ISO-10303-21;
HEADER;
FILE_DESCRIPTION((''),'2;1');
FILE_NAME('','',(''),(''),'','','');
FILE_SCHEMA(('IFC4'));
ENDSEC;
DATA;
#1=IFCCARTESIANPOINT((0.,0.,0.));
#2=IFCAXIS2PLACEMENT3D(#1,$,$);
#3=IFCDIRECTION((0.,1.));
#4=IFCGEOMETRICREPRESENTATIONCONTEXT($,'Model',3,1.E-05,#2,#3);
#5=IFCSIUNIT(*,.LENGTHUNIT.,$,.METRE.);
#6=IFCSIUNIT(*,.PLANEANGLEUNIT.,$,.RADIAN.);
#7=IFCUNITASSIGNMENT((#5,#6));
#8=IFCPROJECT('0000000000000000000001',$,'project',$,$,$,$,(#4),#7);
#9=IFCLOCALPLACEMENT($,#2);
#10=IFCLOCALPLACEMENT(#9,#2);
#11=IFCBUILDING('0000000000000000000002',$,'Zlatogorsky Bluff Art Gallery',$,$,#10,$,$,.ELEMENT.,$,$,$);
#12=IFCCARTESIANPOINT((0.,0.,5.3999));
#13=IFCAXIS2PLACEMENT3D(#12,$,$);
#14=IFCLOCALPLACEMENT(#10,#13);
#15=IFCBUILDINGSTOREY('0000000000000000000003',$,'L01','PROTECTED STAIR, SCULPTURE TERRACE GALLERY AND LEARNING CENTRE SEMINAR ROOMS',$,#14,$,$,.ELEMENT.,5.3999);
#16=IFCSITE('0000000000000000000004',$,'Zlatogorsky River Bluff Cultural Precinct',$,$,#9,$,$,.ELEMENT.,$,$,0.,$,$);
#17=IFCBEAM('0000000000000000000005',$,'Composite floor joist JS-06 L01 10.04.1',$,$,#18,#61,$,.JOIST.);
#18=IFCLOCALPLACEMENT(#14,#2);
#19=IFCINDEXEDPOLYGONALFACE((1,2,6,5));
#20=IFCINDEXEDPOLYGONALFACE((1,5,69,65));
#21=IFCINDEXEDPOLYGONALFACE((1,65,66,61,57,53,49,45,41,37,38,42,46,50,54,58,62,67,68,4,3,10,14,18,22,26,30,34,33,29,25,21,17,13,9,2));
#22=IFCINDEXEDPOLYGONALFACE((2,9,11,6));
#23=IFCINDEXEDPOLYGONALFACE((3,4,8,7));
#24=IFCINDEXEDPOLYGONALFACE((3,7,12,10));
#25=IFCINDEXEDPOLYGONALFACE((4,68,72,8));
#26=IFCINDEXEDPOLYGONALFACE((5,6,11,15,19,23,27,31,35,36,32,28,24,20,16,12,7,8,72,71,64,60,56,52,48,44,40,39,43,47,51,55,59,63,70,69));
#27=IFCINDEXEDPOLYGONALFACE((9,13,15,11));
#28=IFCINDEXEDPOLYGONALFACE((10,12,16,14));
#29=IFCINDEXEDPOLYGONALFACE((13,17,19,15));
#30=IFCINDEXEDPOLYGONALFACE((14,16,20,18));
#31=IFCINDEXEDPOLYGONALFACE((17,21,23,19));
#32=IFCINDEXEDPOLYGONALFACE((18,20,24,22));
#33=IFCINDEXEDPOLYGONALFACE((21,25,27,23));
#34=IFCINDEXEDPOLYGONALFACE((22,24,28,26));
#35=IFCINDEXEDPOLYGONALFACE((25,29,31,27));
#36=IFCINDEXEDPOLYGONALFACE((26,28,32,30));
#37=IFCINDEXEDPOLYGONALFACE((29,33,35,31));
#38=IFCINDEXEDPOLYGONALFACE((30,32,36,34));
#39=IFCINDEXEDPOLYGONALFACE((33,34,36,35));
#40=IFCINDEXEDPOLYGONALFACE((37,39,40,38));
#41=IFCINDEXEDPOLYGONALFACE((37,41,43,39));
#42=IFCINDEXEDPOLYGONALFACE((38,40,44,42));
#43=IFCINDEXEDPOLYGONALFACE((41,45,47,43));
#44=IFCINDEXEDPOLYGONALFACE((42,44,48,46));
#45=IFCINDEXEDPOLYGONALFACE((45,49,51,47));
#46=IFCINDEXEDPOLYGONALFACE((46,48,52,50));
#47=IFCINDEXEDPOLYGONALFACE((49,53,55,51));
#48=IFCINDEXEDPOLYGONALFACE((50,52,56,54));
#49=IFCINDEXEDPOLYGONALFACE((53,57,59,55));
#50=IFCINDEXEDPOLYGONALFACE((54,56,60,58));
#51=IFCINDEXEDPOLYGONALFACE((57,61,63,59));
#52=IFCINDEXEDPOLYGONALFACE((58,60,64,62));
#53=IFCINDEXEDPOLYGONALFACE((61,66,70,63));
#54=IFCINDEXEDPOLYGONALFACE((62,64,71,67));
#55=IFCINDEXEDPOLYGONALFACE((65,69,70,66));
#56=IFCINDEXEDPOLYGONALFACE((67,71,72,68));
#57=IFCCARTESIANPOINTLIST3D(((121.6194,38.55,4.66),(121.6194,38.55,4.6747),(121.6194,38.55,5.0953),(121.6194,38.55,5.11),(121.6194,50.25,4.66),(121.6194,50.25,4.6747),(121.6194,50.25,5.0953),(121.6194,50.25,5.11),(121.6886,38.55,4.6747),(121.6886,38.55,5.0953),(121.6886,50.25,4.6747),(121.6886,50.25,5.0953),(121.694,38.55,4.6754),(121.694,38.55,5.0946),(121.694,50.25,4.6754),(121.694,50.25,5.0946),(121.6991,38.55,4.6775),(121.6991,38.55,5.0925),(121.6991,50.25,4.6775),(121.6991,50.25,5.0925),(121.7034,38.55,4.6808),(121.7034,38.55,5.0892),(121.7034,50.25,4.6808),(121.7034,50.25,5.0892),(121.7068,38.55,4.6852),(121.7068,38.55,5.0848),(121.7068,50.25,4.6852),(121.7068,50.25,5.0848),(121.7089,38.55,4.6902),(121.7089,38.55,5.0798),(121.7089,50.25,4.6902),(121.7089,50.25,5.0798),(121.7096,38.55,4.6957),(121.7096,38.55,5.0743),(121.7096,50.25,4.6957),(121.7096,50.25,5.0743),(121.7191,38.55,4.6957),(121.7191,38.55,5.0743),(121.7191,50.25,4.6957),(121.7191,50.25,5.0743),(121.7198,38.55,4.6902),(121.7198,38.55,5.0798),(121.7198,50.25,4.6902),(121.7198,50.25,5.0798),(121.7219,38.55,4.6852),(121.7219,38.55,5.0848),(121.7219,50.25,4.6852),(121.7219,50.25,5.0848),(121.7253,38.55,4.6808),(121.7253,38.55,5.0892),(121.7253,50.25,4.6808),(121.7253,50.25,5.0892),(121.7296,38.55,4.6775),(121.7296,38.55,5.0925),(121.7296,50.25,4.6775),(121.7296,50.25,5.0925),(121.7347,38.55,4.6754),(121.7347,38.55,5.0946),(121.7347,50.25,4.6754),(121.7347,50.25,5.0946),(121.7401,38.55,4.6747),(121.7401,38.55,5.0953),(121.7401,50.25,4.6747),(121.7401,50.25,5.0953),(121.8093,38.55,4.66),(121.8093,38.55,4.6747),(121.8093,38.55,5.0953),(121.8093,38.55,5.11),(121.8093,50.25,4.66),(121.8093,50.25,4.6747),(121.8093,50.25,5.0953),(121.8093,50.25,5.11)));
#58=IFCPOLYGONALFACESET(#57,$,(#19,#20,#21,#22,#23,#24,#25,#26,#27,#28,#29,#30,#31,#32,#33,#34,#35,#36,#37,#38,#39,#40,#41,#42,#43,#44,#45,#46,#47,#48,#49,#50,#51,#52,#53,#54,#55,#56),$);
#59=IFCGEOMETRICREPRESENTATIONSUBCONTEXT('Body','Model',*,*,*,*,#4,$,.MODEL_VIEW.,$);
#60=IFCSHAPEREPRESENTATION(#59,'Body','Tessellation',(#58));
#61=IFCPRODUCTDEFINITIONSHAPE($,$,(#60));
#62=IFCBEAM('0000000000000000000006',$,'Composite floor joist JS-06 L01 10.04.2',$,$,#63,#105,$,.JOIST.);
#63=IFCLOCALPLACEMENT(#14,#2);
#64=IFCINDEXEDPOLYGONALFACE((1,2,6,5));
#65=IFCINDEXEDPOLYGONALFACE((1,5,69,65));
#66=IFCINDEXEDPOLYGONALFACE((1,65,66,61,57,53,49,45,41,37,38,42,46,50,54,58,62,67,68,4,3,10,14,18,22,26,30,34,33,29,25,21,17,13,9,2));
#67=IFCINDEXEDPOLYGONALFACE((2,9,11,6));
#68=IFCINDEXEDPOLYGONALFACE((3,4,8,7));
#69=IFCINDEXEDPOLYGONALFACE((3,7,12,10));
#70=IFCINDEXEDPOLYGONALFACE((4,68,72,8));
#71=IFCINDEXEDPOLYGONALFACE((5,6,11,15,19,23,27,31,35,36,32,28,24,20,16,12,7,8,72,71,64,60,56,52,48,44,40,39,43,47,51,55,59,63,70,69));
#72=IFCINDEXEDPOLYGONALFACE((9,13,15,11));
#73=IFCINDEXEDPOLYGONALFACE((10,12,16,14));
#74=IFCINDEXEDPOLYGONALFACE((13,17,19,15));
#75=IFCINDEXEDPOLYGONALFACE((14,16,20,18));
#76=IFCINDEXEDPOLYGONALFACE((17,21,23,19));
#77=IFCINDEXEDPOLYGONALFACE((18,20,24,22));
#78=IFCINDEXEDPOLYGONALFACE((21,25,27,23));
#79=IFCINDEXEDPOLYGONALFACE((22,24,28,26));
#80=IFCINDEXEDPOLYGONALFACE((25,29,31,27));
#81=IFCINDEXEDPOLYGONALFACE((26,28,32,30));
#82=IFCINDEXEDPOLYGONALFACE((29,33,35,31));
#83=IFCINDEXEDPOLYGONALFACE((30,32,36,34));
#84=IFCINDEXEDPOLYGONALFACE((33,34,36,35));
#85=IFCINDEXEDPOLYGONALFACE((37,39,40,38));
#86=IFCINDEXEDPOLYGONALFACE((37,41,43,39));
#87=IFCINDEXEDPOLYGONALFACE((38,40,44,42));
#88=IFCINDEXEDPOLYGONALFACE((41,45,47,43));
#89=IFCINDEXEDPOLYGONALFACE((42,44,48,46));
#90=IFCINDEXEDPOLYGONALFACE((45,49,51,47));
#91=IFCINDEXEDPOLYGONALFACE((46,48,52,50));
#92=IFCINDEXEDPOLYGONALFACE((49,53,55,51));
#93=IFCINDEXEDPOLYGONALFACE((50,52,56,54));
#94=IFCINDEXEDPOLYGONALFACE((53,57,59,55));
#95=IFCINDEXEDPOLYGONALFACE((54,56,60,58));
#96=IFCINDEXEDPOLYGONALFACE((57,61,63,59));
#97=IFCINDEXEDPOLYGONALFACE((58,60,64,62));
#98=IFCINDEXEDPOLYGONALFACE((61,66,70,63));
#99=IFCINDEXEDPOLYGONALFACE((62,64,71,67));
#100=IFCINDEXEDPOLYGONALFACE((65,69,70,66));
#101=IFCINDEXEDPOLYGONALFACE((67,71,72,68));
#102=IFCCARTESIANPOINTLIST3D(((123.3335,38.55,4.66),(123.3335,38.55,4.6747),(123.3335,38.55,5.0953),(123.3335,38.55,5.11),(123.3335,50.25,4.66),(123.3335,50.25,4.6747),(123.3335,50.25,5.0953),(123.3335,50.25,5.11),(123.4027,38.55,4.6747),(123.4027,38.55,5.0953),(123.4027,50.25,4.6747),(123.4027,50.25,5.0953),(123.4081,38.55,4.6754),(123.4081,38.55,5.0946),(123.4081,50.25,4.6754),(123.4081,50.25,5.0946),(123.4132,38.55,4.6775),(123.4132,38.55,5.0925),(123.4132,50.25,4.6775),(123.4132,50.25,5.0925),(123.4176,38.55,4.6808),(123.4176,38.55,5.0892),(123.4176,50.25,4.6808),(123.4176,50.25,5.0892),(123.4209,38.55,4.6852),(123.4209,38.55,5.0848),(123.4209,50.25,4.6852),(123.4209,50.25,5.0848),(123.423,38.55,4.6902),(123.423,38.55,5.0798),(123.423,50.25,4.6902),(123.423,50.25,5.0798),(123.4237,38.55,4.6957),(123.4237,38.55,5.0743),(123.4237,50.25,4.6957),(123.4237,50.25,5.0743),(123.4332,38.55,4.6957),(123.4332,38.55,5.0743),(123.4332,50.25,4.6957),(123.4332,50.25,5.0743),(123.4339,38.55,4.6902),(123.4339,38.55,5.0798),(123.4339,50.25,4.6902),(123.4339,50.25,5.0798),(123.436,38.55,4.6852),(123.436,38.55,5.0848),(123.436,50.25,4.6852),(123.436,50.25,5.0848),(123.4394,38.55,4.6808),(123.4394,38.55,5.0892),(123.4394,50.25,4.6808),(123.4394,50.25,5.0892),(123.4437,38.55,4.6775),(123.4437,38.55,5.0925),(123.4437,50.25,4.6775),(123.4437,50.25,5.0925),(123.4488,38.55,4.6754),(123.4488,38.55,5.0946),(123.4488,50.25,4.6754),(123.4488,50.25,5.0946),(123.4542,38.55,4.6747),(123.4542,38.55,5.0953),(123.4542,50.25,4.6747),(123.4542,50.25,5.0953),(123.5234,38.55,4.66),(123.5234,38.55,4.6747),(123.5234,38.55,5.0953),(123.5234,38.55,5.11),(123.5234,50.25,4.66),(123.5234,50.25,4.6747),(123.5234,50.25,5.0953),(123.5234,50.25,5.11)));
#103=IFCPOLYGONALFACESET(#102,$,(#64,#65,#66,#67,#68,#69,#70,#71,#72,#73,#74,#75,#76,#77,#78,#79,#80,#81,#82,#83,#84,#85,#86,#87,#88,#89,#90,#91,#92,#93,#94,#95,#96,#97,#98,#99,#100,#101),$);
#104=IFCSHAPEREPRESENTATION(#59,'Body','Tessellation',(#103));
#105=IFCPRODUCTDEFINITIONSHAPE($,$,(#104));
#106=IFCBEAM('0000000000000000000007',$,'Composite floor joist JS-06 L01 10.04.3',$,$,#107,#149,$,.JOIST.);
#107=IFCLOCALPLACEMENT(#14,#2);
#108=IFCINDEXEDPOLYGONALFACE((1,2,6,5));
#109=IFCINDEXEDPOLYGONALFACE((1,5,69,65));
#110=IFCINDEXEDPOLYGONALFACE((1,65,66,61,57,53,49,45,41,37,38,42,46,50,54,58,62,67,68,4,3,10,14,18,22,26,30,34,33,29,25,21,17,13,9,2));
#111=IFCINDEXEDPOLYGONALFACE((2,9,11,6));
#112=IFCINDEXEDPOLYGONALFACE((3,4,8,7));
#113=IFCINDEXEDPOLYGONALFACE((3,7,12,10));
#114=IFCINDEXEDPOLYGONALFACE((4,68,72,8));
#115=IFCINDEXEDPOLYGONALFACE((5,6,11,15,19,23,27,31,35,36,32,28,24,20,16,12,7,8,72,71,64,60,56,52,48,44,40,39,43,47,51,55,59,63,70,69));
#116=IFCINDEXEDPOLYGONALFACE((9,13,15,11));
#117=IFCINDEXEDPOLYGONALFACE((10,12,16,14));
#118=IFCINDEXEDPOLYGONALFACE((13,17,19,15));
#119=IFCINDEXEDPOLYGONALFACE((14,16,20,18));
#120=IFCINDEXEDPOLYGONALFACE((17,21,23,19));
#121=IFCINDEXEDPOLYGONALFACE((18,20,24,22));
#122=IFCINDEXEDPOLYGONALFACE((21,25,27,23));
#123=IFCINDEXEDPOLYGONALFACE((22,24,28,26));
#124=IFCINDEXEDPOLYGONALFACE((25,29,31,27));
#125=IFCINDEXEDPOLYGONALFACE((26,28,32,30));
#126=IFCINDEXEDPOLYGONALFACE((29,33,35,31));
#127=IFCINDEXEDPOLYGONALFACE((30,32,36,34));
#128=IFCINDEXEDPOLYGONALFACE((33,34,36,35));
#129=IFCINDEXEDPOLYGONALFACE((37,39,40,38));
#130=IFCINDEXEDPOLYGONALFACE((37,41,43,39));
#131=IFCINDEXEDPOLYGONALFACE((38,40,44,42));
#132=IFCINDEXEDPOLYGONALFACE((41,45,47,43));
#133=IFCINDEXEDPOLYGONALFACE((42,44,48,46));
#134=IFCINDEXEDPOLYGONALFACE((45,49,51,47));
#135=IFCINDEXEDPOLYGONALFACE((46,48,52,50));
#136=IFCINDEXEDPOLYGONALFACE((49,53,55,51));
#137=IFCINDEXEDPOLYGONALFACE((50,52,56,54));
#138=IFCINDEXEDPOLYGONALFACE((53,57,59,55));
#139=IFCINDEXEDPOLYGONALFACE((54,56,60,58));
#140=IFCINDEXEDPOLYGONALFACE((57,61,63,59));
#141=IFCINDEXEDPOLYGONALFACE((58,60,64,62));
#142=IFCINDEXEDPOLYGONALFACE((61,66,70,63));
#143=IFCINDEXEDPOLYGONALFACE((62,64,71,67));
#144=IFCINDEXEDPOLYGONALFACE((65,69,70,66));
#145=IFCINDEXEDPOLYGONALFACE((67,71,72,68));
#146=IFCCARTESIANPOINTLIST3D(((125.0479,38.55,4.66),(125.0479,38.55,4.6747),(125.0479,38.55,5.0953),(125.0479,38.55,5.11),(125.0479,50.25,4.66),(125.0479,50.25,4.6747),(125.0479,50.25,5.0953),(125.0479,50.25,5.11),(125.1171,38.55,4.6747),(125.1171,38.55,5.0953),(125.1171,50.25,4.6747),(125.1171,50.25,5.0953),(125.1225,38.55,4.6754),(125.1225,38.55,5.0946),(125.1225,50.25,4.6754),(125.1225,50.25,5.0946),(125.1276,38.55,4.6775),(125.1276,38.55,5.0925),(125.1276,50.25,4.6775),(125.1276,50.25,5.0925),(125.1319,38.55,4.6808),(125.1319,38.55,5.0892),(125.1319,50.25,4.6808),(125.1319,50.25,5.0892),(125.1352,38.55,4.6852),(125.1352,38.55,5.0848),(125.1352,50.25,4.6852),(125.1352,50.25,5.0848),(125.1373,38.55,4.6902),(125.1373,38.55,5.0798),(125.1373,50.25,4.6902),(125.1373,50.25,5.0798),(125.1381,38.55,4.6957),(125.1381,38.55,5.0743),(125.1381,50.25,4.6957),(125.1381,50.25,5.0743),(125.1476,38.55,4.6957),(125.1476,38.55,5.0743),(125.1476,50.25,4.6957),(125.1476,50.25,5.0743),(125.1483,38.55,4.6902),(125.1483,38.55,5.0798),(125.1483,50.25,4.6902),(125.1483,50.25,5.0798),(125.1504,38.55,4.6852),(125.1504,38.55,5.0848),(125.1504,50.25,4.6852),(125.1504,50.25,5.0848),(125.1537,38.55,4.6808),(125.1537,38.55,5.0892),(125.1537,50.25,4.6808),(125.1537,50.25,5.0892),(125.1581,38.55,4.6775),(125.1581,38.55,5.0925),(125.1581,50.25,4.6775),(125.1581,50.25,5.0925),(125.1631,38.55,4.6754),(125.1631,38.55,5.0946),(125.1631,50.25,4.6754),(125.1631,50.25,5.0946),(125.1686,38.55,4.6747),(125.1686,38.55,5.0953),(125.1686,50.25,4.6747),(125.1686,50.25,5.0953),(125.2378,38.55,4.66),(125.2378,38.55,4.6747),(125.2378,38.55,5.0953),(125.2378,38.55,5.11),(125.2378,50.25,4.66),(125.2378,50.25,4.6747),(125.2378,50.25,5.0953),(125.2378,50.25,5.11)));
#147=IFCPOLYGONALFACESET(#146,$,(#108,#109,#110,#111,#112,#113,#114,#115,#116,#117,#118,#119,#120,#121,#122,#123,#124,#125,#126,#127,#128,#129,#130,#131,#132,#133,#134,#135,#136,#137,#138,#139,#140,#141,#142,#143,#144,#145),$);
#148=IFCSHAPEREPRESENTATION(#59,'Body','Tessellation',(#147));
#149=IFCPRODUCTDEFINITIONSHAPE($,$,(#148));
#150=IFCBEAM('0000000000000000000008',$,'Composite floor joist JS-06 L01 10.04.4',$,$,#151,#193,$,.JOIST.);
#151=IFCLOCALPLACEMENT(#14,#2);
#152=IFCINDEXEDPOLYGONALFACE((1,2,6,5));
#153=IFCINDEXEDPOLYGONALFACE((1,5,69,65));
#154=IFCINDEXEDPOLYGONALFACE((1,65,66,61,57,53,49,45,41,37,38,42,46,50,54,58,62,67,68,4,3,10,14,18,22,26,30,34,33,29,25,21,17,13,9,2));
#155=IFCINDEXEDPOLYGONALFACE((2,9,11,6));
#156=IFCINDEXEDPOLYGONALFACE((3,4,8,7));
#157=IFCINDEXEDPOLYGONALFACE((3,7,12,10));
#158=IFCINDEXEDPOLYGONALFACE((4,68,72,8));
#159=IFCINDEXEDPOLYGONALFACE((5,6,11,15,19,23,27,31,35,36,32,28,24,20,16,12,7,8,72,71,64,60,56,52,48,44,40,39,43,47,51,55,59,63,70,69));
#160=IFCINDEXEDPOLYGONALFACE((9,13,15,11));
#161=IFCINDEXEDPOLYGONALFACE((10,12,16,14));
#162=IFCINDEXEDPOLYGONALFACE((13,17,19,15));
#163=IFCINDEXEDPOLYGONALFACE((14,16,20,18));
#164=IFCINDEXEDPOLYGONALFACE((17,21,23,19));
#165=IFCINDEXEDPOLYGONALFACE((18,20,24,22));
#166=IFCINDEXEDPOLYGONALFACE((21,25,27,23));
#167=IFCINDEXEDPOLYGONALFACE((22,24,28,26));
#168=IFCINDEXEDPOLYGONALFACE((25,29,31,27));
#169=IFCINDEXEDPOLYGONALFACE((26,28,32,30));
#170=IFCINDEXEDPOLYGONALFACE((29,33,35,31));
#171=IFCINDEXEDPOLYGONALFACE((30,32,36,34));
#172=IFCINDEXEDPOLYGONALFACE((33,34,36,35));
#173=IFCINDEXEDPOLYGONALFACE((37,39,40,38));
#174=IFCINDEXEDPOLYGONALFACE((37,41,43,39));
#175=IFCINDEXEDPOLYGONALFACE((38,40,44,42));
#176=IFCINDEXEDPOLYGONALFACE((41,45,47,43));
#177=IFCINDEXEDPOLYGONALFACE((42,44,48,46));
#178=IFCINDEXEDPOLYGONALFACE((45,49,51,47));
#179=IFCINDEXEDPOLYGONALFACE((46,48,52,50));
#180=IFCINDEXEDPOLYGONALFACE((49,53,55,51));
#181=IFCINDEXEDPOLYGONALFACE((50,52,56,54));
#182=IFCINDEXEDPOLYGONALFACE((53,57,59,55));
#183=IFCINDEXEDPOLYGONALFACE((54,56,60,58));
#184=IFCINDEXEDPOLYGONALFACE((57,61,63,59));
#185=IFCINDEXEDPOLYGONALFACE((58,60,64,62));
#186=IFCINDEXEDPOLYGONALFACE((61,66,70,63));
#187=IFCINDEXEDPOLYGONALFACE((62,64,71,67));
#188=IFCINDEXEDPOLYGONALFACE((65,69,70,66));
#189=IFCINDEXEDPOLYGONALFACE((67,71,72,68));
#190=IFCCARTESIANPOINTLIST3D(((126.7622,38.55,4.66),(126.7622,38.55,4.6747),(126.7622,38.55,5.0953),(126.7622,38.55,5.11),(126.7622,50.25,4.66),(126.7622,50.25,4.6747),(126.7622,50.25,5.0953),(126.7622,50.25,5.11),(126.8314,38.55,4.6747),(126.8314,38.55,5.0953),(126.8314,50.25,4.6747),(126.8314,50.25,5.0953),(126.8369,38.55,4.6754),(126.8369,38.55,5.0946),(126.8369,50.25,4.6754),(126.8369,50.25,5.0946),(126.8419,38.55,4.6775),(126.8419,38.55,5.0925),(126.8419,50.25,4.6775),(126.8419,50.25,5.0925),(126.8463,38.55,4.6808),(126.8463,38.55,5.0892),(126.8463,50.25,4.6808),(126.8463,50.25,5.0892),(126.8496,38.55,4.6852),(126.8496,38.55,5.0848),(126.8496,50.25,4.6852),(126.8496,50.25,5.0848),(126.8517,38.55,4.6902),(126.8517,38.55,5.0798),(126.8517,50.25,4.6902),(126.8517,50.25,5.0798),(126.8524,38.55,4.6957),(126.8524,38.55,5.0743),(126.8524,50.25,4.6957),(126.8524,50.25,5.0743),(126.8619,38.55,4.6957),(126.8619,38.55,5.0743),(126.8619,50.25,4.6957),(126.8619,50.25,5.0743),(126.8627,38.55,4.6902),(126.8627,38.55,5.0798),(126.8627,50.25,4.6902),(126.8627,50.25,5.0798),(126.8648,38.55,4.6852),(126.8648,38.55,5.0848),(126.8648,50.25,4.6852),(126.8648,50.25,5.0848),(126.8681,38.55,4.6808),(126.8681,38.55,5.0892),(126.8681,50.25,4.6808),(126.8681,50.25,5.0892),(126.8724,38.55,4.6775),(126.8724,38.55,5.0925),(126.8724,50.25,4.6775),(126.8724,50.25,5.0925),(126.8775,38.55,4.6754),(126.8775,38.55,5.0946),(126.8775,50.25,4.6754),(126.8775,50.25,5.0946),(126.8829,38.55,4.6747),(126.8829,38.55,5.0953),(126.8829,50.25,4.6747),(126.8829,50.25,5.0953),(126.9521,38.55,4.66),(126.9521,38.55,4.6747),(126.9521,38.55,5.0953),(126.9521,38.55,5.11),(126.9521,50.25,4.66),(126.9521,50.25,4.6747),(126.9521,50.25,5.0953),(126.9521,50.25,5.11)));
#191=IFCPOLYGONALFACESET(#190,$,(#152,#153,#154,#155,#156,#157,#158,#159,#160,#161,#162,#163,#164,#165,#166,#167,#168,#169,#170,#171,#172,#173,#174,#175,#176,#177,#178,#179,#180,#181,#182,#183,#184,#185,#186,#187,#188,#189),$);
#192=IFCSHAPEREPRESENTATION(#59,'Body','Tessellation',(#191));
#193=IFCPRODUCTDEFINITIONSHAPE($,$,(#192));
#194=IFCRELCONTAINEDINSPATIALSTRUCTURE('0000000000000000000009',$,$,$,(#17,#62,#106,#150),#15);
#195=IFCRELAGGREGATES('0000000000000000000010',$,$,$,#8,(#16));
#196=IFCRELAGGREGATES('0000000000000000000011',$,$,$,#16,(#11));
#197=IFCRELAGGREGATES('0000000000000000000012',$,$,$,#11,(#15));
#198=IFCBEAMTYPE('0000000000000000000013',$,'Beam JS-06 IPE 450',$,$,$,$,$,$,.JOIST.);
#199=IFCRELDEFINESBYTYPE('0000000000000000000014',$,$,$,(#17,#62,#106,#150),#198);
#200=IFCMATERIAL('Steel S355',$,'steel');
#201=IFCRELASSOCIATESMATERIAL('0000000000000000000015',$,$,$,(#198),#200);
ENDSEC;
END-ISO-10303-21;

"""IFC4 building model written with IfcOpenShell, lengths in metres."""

from ifc_helpers import new_model, si_unit, direction, frame, origin, origin_2d, place, context, subcontext, project, spatial, i_section, extrude, material, material_profile, profile_set, type_object, element, save


model = new_model("IFC4")

# Units and contexts
model_context = context("Model", 3, precision=1e-05, world=origin(), true_north=direction((0.0, 1.0)))
body_context = subcontext(model_context, "Body", "Model", "MODEL_VIEW")
ifc_project = project(units=[si_unit("LENGTHUNIT", "METRE"), si_unit("PLANEANGLEUNIT", "RADIAN")], contexts=[model_context])

# Site, building, storey
site_placement = place(None, origin())
site = spatial("IfcSite", under=ifc_project, at=site_placement, Name="Zlatogorsky River Bluff Cultural Precinct", CompositionType="ELEMENT", RefElevation=0.0)
building_placement = place(site_placement, origin())
building = spatial("IfcBuilding", under=site, at=building_placement, Name="Zlatogorsky Bluff Art Gallery", CompositionType="ELEMENT")
storey_placement = place(building_placement, frame((0.0, 0.0, 5.3999)))
storey = spatial("IfcBuildingStorey", under=building, at=storey_placement, Name="L01", Description="PROTECTED STAIR, SCULPTURE TERRACE GALLERY AND LEARNING CENTRE SEMINAR ROOMS", CompositionType="ELEMENT", Elevation=5.3999)

# Beams
ifc_material_1 = material(Name="Steel S355", Category="steel")
ifc_material_profile_1 = material_profile(ifc_material_1, i_section(OverallWidth=0.1899, OverallDepth=0.45, WebThickness=0.0095, FlangeThickness=0.0146, FilletRadius=0.021, at=origin_2d()), Name="IPE 450")
ifc_profile_set_1 = profile_set([ifc_material_profile_1], Name="Steel S355")
beam_type_1 = type_object("IfcBeamType", Name="Beam JS-06 IPE 450", PredefinedType="JOIST", material=ifc_profile_set_1)
for number, where, z_axis, x_axis, name in (
    (1, (121.7144, 38.55, 4.885), (0.0, 1.0, 0.0), (-1.0, 0.0, 0.0), "Composite floor joist JS-06 L01 10.04.1"),
    (2, (123.4285, 38.55, 4.885), (0.0, 1.0, 0.0), (-1.0, 0.0, 0.0), "Composite floor joist JS-06 L01 10.04.2"),
    (3, (125.1428, 38.55, 4.885), (0.0, 1.0, 0.0), (-1.0, 0.0, 0.0), "Composite floor joist JS-06 L01 10.04.3"),
    (4, (126.8572, 38.55, 4.885), (0.0, 1.0, 0.0), (-1.0, 0.0, 0.0), "Composite floor joist JS-06 L01 10.04.4"),
):
    element("IfcBeam", number, at=place(storey_placement, frame(where, z_axis=z_axis, x_axis=x_axis)), inside=storey, type_object=beam_type_1, Name=name, PredefinedType="JOIST", context=body_context, shape_type="SweptSolid", body=[
        extrude(i_section(OverallWidth=0.1899, OverallDepth=0.45, WebThickness=0.0095, FlangeThickness=0.0146, FilletRadius=0.021, at=origin_2d()), origin(), (0.0, 0.0, 1.0), 11.7),
    ])

save(model, "model.ifc")
